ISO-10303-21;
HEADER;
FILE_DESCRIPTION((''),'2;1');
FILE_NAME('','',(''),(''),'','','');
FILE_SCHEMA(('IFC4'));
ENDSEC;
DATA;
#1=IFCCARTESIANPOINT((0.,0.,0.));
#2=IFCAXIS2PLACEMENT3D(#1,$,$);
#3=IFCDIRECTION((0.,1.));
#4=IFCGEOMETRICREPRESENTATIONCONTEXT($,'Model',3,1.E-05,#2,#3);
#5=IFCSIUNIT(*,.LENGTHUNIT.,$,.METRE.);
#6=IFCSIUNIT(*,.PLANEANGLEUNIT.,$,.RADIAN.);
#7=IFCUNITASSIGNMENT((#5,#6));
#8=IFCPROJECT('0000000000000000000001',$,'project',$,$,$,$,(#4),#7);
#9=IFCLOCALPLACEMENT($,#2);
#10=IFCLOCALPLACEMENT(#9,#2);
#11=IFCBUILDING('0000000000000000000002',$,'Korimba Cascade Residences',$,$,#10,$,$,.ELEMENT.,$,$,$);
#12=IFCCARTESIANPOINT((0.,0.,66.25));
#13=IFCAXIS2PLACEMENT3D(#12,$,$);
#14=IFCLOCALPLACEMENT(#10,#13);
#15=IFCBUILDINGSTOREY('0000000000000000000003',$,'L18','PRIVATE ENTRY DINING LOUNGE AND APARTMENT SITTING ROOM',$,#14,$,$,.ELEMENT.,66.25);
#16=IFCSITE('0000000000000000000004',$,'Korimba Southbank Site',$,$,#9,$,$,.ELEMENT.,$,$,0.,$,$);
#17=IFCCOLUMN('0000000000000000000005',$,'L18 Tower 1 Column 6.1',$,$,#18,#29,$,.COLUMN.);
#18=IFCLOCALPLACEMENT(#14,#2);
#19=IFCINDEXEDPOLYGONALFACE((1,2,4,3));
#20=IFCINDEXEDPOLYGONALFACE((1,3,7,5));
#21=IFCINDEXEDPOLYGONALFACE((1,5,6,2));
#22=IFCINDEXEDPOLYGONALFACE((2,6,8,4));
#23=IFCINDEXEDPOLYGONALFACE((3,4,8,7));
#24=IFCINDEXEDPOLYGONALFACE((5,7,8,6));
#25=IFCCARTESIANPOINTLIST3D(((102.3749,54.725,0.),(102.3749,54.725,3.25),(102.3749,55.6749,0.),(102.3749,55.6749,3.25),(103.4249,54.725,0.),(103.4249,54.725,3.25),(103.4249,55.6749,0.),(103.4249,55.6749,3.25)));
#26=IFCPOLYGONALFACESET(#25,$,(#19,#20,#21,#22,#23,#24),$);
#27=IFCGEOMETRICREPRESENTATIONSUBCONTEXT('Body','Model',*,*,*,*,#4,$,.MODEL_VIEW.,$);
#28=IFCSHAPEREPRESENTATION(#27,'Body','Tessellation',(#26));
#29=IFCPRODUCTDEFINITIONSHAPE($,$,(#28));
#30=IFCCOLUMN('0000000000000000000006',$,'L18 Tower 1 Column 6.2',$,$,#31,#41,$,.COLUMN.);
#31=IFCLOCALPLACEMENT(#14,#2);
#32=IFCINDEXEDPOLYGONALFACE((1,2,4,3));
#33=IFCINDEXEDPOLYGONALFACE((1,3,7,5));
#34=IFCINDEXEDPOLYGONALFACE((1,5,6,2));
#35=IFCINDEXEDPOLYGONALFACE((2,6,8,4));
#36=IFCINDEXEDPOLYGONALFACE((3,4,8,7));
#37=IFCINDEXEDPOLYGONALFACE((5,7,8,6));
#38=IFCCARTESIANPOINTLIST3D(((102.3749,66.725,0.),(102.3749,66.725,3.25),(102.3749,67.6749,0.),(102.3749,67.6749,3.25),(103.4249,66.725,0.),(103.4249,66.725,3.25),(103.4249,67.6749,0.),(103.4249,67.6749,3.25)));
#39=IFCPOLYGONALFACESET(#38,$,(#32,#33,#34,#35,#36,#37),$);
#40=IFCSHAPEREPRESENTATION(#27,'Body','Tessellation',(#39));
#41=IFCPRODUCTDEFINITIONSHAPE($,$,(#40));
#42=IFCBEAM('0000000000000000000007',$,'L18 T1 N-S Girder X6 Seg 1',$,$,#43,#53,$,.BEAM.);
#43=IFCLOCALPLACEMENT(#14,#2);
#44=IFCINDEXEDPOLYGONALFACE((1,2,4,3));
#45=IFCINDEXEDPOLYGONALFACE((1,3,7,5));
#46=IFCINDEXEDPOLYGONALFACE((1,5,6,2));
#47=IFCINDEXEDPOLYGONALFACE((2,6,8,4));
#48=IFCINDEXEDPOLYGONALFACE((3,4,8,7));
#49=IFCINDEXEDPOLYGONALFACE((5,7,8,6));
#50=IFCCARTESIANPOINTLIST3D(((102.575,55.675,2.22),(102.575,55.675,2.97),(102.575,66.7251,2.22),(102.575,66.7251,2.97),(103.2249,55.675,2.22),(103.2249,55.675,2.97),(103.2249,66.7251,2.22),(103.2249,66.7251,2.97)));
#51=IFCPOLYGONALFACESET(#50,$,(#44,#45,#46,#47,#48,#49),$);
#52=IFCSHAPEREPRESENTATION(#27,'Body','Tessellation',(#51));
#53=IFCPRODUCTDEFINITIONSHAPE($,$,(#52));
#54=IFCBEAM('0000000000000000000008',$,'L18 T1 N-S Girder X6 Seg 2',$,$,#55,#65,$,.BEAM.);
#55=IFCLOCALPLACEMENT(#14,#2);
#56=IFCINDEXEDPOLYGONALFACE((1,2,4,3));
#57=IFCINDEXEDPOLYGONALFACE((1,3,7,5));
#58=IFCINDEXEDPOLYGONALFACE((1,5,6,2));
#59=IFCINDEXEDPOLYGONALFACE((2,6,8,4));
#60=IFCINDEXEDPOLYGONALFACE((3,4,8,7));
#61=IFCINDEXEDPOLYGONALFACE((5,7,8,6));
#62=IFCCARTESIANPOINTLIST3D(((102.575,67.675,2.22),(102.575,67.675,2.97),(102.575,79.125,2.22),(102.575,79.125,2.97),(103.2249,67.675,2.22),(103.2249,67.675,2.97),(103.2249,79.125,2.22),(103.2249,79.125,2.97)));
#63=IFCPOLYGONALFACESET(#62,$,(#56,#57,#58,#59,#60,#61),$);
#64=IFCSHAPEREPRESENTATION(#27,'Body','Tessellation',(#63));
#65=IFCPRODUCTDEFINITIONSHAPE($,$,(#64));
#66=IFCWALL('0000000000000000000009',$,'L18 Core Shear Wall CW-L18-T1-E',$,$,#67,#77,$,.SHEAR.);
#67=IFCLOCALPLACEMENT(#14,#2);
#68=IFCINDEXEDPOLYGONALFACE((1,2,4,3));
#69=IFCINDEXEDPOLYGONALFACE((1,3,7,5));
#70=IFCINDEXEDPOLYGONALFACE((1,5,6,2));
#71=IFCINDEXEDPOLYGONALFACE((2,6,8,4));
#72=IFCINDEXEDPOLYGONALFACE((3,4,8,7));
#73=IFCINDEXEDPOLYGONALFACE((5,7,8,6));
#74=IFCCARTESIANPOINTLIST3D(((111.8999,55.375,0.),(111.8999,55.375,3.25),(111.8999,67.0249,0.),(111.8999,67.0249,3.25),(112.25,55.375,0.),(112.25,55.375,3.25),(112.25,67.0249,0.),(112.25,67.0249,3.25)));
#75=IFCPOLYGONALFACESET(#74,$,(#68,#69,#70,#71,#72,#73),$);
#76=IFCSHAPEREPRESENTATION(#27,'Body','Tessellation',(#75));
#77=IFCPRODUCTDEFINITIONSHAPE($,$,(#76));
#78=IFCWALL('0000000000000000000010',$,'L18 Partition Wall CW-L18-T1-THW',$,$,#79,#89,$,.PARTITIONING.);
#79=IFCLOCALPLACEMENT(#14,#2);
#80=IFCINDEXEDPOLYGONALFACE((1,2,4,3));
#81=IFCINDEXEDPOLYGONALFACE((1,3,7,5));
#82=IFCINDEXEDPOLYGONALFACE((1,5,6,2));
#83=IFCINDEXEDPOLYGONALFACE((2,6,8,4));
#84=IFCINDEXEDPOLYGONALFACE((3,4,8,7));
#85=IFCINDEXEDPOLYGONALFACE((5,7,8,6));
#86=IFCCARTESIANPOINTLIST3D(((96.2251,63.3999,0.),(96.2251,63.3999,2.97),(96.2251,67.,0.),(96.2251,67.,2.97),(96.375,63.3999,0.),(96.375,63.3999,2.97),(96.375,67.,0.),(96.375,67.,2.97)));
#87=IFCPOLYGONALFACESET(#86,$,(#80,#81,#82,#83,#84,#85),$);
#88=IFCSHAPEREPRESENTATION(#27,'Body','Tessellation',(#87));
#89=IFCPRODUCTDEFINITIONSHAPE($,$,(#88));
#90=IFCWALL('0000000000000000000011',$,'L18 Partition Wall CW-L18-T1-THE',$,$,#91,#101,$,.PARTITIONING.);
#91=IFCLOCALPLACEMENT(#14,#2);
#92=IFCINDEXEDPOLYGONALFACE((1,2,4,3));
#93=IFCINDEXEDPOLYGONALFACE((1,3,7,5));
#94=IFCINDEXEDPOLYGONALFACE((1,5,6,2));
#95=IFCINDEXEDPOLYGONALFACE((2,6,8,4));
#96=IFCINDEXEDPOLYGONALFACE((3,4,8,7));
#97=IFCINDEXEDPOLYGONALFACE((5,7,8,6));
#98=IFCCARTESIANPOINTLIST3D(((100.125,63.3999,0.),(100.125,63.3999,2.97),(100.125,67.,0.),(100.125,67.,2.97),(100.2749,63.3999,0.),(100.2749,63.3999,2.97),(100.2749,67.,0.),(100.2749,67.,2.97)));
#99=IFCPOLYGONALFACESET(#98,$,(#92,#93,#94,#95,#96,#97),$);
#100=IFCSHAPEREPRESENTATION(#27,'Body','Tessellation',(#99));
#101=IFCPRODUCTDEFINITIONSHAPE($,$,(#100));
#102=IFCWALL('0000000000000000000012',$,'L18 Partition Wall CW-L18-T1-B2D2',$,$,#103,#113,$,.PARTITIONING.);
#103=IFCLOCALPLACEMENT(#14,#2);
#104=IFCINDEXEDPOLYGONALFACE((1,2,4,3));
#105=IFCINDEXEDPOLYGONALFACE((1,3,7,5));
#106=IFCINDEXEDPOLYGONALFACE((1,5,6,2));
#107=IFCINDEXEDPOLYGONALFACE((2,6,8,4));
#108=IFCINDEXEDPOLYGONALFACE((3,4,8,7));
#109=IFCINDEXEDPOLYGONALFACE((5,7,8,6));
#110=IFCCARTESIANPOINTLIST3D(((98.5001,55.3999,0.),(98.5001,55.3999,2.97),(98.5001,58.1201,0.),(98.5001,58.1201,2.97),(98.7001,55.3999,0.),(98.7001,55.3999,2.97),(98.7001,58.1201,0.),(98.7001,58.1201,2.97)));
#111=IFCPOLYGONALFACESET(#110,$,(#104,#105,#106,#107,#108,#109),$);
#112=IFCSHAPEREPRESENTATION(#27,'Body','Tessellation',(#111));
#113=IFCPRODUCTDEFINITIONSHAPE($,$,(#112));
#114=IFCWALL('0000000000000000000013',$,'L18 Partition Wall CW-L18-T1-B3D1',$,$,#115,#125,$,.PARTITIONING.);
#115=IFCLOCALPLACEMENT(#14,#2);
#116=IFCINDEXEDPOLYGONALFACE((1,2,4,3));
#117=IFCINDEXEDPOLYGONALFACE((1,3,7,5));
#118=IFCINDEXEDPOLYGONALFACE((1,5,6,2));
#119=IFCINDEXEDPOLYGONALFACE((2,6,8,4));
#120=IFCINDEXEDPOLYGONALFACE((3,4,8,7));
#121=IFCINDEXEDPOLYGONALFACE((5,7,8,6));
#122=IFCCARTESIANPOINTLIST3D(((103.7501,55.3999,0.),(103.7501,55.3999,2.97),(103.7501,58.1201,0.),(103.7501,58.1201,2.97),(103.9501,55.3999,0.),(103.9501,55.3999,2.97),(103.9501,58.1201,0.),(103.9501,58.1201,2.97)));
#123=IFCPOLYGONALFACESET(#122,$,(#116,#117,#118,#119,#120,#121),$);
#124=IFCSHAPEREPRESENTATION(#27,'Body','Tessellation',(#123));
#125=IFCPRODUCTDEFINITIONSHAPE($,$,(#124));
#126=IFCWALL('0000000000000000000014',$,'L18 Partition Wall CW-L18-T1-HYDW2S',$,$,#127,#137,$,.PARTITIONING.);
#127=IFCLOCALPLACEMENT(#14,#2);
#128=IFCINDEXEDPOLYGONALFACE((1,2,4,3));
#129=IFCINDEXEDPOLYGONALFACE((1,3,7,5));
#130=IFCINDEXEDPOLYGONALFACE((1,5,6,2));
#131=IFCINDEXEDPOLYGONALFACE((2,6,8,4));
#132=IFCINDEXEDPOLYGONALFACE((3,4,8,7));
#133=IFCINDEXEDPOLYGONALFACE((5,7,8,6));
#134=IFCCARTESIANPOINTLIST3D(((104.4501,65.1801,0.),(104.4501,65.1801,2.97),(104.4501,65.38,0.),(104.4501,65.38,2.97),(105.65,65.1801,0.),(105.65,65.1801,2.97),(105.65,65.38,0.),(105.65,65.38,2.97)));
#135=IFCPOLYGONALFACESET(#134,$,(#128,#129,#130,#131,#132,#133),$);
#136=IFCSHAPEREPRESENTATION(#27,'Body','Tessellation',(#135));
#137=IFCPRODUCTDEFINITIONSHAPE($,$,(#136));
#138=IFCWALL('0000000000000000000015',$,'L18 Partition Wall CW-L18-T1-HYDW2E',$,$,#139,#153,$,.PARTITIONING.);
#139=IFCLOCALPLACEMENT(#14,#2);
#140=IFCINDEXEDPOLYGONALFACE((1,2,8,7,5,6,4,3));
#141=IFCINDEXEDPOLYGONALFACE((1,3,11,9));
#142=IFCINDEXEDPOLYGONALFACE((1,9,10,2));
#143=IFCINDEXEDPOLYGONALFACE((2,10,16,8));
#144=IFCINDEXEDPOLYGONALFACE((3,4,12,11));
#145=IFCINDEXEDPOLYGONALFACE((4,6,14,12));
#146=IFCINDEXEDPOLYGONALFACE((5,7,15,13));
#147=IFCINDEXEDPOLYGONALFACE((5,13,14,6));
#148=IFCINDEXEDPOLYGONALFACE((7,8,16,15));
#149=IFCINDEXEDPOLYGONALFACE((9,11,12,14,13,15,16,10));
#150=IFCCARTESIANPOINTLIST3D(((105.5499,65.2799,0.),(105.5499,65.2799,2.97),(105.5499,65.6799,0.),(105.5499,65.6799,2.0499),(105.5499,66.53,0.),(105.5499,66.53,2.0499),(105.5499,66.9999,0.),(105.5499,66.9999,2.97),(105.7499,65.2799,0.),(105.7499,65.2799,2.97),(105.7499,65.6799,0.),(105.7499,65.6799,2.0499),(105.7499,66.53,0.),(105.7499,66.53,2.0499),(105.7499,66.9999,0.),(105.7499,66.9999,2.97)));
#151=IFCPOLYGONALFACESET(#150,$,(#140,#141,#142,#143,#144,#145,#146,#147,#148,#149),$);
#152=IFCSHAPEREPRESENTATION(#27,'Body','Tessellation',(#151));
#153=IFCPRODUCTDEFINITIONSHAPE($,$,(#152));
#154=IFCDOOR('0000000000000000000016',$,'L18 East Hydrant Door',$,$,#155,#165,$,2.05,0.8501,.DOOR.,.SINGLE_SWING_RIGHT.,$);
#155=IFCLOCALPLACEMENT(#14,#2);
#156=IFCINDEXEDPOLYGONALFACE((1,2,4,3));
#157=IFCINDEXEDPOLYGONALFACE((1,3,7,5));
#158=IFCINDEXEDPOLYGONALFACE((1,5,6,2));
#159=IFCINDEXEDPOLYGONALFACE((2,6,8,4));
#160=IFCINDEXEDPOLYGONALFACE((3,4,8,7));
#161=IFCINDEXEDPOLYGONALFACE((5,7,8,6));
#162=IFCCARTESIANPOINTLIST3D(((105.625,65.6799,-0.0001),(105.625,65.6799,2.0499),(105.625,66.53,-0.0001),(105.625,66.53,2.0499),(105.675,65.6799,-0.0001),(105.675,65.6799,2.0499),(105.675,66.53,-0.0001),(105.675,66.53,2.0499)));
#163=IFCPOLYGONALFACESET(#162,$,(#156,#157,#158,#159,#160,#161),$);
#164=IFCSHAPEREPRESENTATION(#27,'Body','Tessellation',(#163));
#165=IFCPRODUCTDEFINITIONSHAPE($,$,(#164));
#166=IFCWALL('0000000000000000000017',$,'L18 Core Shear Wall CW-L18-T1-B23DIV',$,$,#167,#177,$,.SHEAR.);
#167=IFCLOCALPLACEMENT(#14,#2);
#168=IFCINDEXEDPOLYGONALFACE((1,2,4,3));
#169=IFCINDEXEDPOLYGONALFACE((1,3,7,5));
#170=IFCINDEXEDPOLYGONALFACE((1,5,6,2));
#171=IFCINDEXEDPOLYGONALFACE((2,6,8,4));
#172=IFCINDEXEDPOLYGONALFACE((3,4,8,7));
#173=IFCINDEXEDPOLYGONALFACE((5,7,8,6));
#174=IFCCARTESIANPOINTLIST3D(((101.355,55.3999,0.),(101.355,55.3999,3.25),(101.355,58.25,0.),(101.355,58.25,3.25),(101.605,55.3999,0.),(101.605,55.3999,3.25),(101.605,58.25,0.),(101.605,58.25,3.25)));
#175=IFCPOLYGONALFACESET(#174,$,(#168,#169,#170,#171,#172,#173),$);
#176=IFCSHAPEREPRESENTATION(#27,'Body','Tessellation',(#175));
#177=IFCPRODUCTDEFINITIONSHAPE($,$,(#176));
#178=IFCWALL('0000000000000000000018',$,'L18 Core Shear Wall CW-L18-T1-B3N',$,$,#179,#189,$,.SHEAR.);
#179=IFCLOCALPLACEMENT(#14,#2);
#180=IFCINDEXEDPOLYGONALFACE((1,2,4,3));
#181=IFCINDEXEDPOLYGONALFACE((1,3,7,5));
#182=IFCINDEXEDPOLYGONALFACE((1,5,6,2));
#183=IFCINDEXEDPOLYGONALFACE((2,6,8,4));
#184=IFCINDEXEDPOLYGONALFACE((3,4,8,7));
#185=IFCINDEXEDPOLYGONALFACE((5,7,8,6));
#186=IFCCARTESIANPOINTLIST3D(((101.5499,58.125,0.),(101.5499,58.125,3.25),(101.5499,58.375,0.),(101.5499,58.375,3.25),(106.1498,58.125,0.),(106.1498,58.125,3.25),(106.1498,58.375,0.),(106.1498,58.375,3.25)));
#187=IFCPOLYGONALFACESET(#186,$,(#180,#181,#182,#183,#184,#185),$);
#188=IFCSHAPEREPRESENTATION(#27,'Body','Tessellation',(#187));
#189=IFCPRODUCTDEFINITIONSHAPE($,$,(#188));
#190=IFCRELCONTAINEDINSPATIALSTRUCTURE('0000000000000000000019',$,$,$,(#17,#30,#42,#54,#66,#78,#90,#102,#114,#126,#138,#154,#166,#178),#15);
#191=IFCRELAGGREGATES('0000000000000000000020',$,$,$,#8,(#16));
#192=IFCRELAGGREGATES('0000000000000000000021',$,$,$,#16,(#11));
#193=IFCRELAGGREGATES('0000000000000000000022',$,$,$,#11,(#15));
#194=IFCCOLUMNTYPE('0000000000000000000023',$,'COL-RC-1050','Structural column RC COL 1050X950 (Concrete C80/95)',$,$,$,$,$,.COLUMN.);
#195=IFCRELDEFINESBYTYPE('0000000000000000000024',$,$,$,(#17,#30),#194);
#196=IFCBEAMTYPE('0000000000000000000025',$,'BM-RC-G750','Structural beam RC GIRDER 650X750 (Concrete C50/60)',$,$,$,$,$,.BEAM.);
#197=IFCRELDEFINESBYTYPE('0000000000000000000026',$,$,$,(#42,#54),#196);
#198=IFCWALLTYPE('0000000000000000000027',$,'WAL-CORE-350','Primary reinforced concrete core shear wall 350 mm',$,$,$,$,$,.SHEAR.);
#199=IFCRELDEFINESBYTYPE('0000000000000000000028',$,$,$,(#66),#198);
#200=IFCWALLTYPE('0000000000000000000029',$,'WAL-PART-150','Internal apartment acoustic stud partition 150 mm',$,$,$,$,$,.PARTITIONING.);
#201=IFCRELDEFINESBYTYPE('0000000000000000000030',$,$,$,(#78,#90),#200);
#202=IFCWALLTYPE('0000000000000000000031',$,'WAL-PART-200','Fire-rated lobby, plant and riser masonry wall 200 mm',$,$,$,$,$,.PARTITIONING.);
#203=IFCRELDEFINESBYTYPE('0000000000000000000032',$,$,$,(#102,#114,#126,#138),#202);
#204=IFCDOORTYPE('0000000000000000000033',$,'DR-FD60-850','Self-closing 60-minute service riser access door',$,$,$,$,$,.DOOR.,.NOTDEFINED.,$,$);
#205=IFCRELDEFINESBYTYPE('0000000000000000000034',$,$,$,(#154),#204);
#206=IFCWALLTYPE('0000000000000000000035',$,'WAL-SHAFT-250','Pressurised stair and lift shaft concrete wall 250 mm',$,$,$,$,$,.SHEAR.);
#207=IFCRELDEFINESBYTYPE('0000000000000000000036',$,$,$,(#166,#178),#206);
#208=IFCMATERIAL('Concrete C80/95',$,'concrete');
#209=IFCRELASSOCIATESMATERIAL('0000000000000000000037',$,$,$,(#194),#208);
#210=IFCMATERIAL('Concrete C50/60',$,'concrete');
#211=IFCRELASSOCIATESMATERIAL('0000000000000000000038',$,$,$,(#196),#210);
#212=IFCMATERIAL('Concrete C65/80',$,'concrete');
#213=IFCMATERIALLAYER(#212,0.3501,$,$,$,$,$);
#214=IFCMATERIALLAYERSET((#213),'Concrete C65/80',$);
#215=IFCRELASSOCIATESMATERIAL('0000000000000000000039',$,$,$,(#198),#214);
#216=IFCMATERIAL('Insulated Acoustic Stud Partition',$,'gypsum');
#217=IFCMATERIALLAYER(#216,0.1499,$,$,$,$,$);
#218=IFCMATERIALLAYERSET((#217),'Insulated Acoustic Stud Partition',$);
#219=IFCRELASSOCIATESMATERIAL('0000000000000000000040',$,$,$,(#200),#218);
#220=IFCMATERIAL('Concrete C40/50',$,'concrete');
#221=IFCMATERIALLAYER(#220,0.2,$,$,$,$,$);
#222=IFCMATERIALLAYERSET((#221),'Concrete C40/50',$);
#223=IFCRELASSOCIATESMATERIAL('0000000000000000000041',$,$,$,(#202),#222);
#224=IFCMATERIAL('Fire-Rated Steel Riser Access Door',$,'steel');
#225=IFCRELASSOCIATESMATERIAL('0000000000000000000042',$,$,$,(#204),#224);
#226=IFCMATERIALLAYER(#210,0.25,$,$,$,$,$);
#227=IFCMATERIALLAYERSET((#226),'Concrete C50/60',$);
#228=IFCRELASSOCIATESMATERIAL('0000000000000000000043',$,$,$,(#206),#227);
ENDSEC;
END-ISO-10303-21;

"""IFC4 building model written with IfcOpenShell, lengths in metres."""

from ifc_helpers import new_model, si_unit, direction, frame, frame_2d, origin, origin_2d, place, context, subcontext, project, spatial, rectangle, extrude, material, layer, layer_set, material_profile, profile_set, type_object, element, fill, save


model = new_model("IFC4")

# Units and contexts
model_context = context("Model", 3, precision=1e-05, world=origin(), true_north=direction((0.0, 1.0)))
body_context = subcontext(model_context, "Body", "Model", "MODEL_VIEW")
ifc_project = project(units=[si_unit("LENGTHUNIT", "METRE"), si_unit("PLANEANGLEUNIT", "RADIAN")], contexts=[model_context])

# Site, building, storey
site_placement = place(None, origin())
site = spatial("IfcSite", under=ifc_project, at=site_placement, Name="Korimba Southbank Site", CompositionType="ELEMENT", RefElevation=0.0)
building_placement = place(site_placement, origin())
building = spatial("IfcBuilding", under=site, at=building_placement, Name="Korimba Cascade Residences", CompositionType="ELEMENT")
storey_placement = place(building_placement, frame((0.0, 0.0, 66.25)))
storey = spatial("IfcBuildingStorey", under=building, at=storey_placement, Name="L18", Description="PRIVATE ENTRY DINING LOUNGE AND APARTMENT SITTING ROOM", CompositionType="ELEMENT", Elevation=66.25)

# Columns
ifc_material_1 = material(Name="Concrete C80/95", Category="concrete")
ifc_material_profile_1 = material_profile(ifc_material_1, rectangle(XDim=1.05, YDim=0.95, at=origin_2d()), Name="Concrete C80/95")
ifc_profile_set_1 = profile_set([ifc_material_profile_1], Name="Concrete C80/95")
column_type = type_object("IfcColumnType", Name="COL-RC-1050", Description="Structural column RC COL 1050X950 (Concrete C80/95)", PredefinedType="COLUMN", material=ifc_profile_set_1)
for number, where, z_axis, x_axis, name in (
    (1, (102.8999, 55.2, 0.0), (0.0, 0.0, 1.0), (1.0, 0.0, 0.0), "L18 Tower 1 Column 6.1"),
    (2, (102.8999, 67.2, 0.0), (0.0, 0.0, 1.0), (1.0, 0.0, 0.0), "L18 Tower 1 Column 6.2"),
):
    element("IfcColumn", number, at=place(storey_placement, frame(where, z_axis=z_axis, x_axis=x_axis)), inside=storey, type_object=column_type, Name=name, PredefinedType="COLUMN", context=body_context, shape_type="SweptSolid", body=[
        extrude(rectangle(XDim=1.05, YDim=0.95, at=origin_2d()), origin(), (0.0, 0.0, 1.0), 3.25),
    ])

# Beams
ifc_material_2 = material(Name="Concrete C50/60", Category="concrete")
ifc_material_profile_2 = material_profile(ifc_material_2, rectangle(XDim=0.6499, YDim=0.75, at=origin_2d()), Name="Concrete C50/60")
ifc_profile_set_2 = profile_set([ifc_material_profile_2], Name="Concrete C50/60")
beam_type = type_object("IfcBeamType", Name="BM-RC-G750", Description="Structural beam RC GIRDER 650X750 (Concrete C50/60)", PredefinedType="BEAM", material=ifc_profile_set_2)
beam_1_placement = place(storey_placement, frame((102.8999, 55.675, 2.595), z_axis=(0.0, 1.0, 0.0), x_axis=(-1.0, 0.0, 0.0)))
element("IfcBeam", 3, at=beam_1_placement, inside=storey, type_object=beam_type, Name="L18 T1 N-S Girder X6 Seg 1", PredefinedType="BEAM", context=body_context, shape_type="SweptSolid", body=[
    extrude(rectangle(XDim=0.6499, YDim=0.75, at=origin_2d()), origin(), (0.0, 0.0, 1.0), 11.05),
])
beam_2_placement = place(storey_placement, frame((102.8999, 67.675, 2.595), z_axis=(0.0, 1.0, 0.0), x_axis=(-1.0, 0.0, 0.0)))
element("IfcBeam", 4, at=beam_2_placement, inside=storey, type_object=beam_type, Name="L18 T1 N-S Girder X6 Seg 2", PredefinedType="BEAM", context=body_context, shape_type="SweptSolid", body=[
    extrude(rectangle(XDim=0.6499, YDim=0.75, at=origin_2d()), origin(), (0.0, 0.0, 1.0), 11.45),
])

# Walls
ifc_material_3 = material(Name="Concrete C65/80", Category="concrete")
ifc_layer_1 = layer(ifc_material_3, 0.3501)
ifc_layer_set_1 = layer_set([ifc_layer_1], Name="Concrete C65/80")
wall_type_1 = type_object("IfcWallType", Name="WAL-CORE-350", Description="Primary reinforced concrete core shear wall 350 mm", PredefinedType="SHEAR", material=ifc_layer_set_1)
wall_1_placement = place(storey_placement, frame((112.075, 55.375, 0.0), z_axis=(0.0, 0.0, 1.0), x_axis=(0.0, 1.0, 0.0)))
element("IfcWall", 5, at=wall_1_placement, inside=storey, type_object=wall_type_1, Name="L18 Core Shear Wall CW-L18-T1-E", PredefinedType="SHEAR", context=body_context, shape_type="SweptSolid", body=[
    extrude(rectangle(XDim=11.6499, YDim=0.3501, at=frame_2d((5.825, 0.0))), origin(), (0.0, 0.0, 1.0), 3.25),
])
ifc_material_4 = material(Name="Insulated Acoustic Stud Partition", Category="gypsum")
ifc_layer_2 = layer(ifc_material_4, 0.1499)
ifc_layer_set_2 = layer_set([ifc_layer_2], Name="Insulated Acoustic Stud Partition")
wall_type_2 = type_object("IfcWallType", Name="WAL-PART-150", Description="Internal apartment acoustic stud partition 150 mm", PredefinedType="PARTITIONING", material=ifc_layer_set_2)
for number, where, z_axis, x_axis, name in (
    (6, (96.3, 63.3999, 0.0), (0.0, 0.0, 1.0), (0.0, 1.0, 0.0), "L18 Partition Wall CW-L18-T1-THW"),
    (7, (100.2, 63.3999, 0.0), (0.0, 0.0, 1.0), (0.0, 1.0, 0.0), "L18 Partition Wall CW-L18-T1-THE"),
):
    element("IfcWall", number, at=place(storey_placement, frame(where, z_axis=z_axis, x_axis=x_axis)), inside=storey, type_object=wall_type_2, Name=name, PredefinedType="PARTITIONING", context=body_context, shape_type="SweptSolid", body=[
        extrude(rectangle(XDim=3.6001, YDim=0.1499, at=frame_2d((1.8, 0.0))), origin(), (0.0, 0.0, 1.0), 2.97),
    ])
ifc_material_5 = material(Name="Concrete C40/50", Category="concrete")
ifc_layer_3 = layer(ifc_material_5, 0.2)
ifc_layer_set_3 = layer_set([ifc_layer_3], Name="Concrete C40/50")
wall_type_3 = type_object("IfcWallType", Name="WAL-PART-200", Description="Fire-rated lobby, plant and riser masonry wall 200 mm", PredefinedType="PARTITIONING", material=ifc_layer_set_3)
for number, where, z_axis, x_axis, name in (
    (8, (98.6001, 55.3999, 0.0), (0.0, 0.0, 1.0), (0.0, 1.0, 0.0), "L18 Partition Wall CW-L18-T1-B2D2"),
    (9, (103.8501, 55.3999, 0.0), (0.0, 0.0, 1.0), (0.0, 1.0, 0.0), "L18 Partition Wall CW-L18-T1-B3D1"),
):
    element("IfcWall", number, at=place(storey_placement, frame(where, z_axis=z_axis, x_axis=x_axis)), inside=storey, type_object=wall_type_3, Name=name, PredefinedType="PARTITIONING", context=body_context, shape_type="SweptSolid", body=[
        extrude(rectangle(XDim=2.7202, YDim=0.2, at=frame_2d((1.3601, 0.0))), origin(), (0.0, 0.0, 1.0), 2.97),
    ])
wall_2_placement = place(storey_placement, frame((104.45, 65.28, 0.0), z_axis=(0.0, 0.0, 1.0), x_axis=(1.0, 0.0, 0.0)))
element("IfcWall", 10, at=wall_2_placement, inside=storey, type_object=wall_type_3, Name="L18 Partition Wall CW-L18-T1-HYDW2S", PredefinedType="PARTITIONING", context=body_context, shape_type="SweptSolid", body=[
    extrude(rectangle(XDim=1.2, YDim=0.2, at=frame_2d((0.6001, 0.0))), origin(), (0.0, 0.0, 1.0), 2.97),
])

# Wall, opening, door
wall_3_placement = place(storey_placement, frame((105.6499, 65.28, 0.0), z_axis=(0.0, 0.0, 1.0), x_axis=(0.0, 1.0, 0.0)))
wall_3 = element("IfcWall", 11, at=wall_3_placement, inside=storey, type_object=wall_type_3, Name="L18 Partition Wall CW-L18-T1-HYDW2E", PredefinedType="PARTITIONING", context=body_context, shape_type="SweptSolid", body=[
    extrude(rectangle(XDim=1.72, YDim=0.2, at=frame_2d((0.8599, 0.0))), origin(), (0.0, 0.0, 1.0), 2.97),
])
opening_1_placement = place(wall_3_placement, frame((0.3999, 0.0, 0.0)))
opening_1 = element("IfcOpeningElement", 12, at=opening_1_placement, cuts=wall_3, PredefinedType="OPENING", context=body_context, shape_type="SweptSolid", body=[
    extrude(rectangle(XDim=0.8501, YDim=2.05, at=frame_2d((0.425, 1.0249))), frame((0.0, 0.1099, 0.0), z_axis=(0.0, -1.0, 0.0), x_axis=(1.0, 0.0, 0.0)), (0.0, 0.0, 1.0), 0.22),
])
ifc_material_6 = material(Name="Fire-Rated Steel Riser Access Door", Category="steel")
door_type_1 = type_object("IfcDoorType", Name="DR-FD60-850", Description="Self-closing 60-minute service riser access door", OperationType="NOTDEFINED", PredefinedType="DOOR", material=ifc_material_6)
door_1_placement = place(opening_1_placement, origin())
door_1 = element("IfcDoor", 13, at=door_1_placement, inside=storey, type_object=door_type_1, Name="L18 East Hydrant Door", OperationType="SINGLE_SWING_RIGHT", OverallHeight=2.05, OverallWidth=0.8501, PredefinedType="DOOR", context=body_context, shape_type="SweptSolid", body=[
    extrude(rectangle(XDim=0.8501, YDim=2.05, at=frame_2d((0.425, 1.0249))), frame((0.0, 0.0249, 0.0), z_axis=(0.0, -1.0, 0.0), x_axis=(1.0, 0.0, 0.0)), (0.0, 0.0, 1.0), 0.05),
])
fill(opening_1, door_1)

# Walls
ifc_layer_4 = layer(ifc_material_2, 0.25)
ifc_layer_set_4 = layer_set([ifc_layer_4], Name="Concrete C50/60")
wall_type_4 = type_object("IfcWallType", Name="WAL-SHAFT-250", Description="Pressurised stair and lift shaft concrete wall 250 mm", PredefinedType="SHEAR", material=ifc_layer_set_4)
wall_4_placement = place(storey_placement, frame((101.48, 55.3999, 0.0), z_axis=(0.0, 0.0, 1.0), x_axis=(0.0, 1.0, 0.0)))
element("IfcWall", 14, at=wall_4_placement, inside=storey, type_object=wall_type_4, Name="L18 Core Shear Wall CW-L18-T1-B23DIV", PredefinedType="SHEAR", context=body_context, shape_type="SweptSolid", body=[
    extrude(rectangle(XDim=2.8501, YDim=0.25, at=frame_2d((1.425, 0.0))), origin(), (0.0, 0.0, 1.0), 3.25),
])
wall_5_placement = place(storey_placement, frame((101.55, 58.25, 0.0), z_axis=(0.0, 0.0, 1.0), x_axis=(1.0, 0.0, 0.0)))
element("IfcWall", 15, at=wall_5_placement, inside=storey, type_object=wall_type_4, Name="L18 Core Shear Wall CW-L18-T1-B3N", PredefinedType="SHEAR", context=body_context, shape_type="SweptSolid", body=[
    extrude(rectangle(XDim=4.5999, YDim=0.25, at=frame_2d((2.2998, 0.0))), origin(), (0.0, 0.0, 1.0), 3.25),
])

save(model, "model.ifc")
